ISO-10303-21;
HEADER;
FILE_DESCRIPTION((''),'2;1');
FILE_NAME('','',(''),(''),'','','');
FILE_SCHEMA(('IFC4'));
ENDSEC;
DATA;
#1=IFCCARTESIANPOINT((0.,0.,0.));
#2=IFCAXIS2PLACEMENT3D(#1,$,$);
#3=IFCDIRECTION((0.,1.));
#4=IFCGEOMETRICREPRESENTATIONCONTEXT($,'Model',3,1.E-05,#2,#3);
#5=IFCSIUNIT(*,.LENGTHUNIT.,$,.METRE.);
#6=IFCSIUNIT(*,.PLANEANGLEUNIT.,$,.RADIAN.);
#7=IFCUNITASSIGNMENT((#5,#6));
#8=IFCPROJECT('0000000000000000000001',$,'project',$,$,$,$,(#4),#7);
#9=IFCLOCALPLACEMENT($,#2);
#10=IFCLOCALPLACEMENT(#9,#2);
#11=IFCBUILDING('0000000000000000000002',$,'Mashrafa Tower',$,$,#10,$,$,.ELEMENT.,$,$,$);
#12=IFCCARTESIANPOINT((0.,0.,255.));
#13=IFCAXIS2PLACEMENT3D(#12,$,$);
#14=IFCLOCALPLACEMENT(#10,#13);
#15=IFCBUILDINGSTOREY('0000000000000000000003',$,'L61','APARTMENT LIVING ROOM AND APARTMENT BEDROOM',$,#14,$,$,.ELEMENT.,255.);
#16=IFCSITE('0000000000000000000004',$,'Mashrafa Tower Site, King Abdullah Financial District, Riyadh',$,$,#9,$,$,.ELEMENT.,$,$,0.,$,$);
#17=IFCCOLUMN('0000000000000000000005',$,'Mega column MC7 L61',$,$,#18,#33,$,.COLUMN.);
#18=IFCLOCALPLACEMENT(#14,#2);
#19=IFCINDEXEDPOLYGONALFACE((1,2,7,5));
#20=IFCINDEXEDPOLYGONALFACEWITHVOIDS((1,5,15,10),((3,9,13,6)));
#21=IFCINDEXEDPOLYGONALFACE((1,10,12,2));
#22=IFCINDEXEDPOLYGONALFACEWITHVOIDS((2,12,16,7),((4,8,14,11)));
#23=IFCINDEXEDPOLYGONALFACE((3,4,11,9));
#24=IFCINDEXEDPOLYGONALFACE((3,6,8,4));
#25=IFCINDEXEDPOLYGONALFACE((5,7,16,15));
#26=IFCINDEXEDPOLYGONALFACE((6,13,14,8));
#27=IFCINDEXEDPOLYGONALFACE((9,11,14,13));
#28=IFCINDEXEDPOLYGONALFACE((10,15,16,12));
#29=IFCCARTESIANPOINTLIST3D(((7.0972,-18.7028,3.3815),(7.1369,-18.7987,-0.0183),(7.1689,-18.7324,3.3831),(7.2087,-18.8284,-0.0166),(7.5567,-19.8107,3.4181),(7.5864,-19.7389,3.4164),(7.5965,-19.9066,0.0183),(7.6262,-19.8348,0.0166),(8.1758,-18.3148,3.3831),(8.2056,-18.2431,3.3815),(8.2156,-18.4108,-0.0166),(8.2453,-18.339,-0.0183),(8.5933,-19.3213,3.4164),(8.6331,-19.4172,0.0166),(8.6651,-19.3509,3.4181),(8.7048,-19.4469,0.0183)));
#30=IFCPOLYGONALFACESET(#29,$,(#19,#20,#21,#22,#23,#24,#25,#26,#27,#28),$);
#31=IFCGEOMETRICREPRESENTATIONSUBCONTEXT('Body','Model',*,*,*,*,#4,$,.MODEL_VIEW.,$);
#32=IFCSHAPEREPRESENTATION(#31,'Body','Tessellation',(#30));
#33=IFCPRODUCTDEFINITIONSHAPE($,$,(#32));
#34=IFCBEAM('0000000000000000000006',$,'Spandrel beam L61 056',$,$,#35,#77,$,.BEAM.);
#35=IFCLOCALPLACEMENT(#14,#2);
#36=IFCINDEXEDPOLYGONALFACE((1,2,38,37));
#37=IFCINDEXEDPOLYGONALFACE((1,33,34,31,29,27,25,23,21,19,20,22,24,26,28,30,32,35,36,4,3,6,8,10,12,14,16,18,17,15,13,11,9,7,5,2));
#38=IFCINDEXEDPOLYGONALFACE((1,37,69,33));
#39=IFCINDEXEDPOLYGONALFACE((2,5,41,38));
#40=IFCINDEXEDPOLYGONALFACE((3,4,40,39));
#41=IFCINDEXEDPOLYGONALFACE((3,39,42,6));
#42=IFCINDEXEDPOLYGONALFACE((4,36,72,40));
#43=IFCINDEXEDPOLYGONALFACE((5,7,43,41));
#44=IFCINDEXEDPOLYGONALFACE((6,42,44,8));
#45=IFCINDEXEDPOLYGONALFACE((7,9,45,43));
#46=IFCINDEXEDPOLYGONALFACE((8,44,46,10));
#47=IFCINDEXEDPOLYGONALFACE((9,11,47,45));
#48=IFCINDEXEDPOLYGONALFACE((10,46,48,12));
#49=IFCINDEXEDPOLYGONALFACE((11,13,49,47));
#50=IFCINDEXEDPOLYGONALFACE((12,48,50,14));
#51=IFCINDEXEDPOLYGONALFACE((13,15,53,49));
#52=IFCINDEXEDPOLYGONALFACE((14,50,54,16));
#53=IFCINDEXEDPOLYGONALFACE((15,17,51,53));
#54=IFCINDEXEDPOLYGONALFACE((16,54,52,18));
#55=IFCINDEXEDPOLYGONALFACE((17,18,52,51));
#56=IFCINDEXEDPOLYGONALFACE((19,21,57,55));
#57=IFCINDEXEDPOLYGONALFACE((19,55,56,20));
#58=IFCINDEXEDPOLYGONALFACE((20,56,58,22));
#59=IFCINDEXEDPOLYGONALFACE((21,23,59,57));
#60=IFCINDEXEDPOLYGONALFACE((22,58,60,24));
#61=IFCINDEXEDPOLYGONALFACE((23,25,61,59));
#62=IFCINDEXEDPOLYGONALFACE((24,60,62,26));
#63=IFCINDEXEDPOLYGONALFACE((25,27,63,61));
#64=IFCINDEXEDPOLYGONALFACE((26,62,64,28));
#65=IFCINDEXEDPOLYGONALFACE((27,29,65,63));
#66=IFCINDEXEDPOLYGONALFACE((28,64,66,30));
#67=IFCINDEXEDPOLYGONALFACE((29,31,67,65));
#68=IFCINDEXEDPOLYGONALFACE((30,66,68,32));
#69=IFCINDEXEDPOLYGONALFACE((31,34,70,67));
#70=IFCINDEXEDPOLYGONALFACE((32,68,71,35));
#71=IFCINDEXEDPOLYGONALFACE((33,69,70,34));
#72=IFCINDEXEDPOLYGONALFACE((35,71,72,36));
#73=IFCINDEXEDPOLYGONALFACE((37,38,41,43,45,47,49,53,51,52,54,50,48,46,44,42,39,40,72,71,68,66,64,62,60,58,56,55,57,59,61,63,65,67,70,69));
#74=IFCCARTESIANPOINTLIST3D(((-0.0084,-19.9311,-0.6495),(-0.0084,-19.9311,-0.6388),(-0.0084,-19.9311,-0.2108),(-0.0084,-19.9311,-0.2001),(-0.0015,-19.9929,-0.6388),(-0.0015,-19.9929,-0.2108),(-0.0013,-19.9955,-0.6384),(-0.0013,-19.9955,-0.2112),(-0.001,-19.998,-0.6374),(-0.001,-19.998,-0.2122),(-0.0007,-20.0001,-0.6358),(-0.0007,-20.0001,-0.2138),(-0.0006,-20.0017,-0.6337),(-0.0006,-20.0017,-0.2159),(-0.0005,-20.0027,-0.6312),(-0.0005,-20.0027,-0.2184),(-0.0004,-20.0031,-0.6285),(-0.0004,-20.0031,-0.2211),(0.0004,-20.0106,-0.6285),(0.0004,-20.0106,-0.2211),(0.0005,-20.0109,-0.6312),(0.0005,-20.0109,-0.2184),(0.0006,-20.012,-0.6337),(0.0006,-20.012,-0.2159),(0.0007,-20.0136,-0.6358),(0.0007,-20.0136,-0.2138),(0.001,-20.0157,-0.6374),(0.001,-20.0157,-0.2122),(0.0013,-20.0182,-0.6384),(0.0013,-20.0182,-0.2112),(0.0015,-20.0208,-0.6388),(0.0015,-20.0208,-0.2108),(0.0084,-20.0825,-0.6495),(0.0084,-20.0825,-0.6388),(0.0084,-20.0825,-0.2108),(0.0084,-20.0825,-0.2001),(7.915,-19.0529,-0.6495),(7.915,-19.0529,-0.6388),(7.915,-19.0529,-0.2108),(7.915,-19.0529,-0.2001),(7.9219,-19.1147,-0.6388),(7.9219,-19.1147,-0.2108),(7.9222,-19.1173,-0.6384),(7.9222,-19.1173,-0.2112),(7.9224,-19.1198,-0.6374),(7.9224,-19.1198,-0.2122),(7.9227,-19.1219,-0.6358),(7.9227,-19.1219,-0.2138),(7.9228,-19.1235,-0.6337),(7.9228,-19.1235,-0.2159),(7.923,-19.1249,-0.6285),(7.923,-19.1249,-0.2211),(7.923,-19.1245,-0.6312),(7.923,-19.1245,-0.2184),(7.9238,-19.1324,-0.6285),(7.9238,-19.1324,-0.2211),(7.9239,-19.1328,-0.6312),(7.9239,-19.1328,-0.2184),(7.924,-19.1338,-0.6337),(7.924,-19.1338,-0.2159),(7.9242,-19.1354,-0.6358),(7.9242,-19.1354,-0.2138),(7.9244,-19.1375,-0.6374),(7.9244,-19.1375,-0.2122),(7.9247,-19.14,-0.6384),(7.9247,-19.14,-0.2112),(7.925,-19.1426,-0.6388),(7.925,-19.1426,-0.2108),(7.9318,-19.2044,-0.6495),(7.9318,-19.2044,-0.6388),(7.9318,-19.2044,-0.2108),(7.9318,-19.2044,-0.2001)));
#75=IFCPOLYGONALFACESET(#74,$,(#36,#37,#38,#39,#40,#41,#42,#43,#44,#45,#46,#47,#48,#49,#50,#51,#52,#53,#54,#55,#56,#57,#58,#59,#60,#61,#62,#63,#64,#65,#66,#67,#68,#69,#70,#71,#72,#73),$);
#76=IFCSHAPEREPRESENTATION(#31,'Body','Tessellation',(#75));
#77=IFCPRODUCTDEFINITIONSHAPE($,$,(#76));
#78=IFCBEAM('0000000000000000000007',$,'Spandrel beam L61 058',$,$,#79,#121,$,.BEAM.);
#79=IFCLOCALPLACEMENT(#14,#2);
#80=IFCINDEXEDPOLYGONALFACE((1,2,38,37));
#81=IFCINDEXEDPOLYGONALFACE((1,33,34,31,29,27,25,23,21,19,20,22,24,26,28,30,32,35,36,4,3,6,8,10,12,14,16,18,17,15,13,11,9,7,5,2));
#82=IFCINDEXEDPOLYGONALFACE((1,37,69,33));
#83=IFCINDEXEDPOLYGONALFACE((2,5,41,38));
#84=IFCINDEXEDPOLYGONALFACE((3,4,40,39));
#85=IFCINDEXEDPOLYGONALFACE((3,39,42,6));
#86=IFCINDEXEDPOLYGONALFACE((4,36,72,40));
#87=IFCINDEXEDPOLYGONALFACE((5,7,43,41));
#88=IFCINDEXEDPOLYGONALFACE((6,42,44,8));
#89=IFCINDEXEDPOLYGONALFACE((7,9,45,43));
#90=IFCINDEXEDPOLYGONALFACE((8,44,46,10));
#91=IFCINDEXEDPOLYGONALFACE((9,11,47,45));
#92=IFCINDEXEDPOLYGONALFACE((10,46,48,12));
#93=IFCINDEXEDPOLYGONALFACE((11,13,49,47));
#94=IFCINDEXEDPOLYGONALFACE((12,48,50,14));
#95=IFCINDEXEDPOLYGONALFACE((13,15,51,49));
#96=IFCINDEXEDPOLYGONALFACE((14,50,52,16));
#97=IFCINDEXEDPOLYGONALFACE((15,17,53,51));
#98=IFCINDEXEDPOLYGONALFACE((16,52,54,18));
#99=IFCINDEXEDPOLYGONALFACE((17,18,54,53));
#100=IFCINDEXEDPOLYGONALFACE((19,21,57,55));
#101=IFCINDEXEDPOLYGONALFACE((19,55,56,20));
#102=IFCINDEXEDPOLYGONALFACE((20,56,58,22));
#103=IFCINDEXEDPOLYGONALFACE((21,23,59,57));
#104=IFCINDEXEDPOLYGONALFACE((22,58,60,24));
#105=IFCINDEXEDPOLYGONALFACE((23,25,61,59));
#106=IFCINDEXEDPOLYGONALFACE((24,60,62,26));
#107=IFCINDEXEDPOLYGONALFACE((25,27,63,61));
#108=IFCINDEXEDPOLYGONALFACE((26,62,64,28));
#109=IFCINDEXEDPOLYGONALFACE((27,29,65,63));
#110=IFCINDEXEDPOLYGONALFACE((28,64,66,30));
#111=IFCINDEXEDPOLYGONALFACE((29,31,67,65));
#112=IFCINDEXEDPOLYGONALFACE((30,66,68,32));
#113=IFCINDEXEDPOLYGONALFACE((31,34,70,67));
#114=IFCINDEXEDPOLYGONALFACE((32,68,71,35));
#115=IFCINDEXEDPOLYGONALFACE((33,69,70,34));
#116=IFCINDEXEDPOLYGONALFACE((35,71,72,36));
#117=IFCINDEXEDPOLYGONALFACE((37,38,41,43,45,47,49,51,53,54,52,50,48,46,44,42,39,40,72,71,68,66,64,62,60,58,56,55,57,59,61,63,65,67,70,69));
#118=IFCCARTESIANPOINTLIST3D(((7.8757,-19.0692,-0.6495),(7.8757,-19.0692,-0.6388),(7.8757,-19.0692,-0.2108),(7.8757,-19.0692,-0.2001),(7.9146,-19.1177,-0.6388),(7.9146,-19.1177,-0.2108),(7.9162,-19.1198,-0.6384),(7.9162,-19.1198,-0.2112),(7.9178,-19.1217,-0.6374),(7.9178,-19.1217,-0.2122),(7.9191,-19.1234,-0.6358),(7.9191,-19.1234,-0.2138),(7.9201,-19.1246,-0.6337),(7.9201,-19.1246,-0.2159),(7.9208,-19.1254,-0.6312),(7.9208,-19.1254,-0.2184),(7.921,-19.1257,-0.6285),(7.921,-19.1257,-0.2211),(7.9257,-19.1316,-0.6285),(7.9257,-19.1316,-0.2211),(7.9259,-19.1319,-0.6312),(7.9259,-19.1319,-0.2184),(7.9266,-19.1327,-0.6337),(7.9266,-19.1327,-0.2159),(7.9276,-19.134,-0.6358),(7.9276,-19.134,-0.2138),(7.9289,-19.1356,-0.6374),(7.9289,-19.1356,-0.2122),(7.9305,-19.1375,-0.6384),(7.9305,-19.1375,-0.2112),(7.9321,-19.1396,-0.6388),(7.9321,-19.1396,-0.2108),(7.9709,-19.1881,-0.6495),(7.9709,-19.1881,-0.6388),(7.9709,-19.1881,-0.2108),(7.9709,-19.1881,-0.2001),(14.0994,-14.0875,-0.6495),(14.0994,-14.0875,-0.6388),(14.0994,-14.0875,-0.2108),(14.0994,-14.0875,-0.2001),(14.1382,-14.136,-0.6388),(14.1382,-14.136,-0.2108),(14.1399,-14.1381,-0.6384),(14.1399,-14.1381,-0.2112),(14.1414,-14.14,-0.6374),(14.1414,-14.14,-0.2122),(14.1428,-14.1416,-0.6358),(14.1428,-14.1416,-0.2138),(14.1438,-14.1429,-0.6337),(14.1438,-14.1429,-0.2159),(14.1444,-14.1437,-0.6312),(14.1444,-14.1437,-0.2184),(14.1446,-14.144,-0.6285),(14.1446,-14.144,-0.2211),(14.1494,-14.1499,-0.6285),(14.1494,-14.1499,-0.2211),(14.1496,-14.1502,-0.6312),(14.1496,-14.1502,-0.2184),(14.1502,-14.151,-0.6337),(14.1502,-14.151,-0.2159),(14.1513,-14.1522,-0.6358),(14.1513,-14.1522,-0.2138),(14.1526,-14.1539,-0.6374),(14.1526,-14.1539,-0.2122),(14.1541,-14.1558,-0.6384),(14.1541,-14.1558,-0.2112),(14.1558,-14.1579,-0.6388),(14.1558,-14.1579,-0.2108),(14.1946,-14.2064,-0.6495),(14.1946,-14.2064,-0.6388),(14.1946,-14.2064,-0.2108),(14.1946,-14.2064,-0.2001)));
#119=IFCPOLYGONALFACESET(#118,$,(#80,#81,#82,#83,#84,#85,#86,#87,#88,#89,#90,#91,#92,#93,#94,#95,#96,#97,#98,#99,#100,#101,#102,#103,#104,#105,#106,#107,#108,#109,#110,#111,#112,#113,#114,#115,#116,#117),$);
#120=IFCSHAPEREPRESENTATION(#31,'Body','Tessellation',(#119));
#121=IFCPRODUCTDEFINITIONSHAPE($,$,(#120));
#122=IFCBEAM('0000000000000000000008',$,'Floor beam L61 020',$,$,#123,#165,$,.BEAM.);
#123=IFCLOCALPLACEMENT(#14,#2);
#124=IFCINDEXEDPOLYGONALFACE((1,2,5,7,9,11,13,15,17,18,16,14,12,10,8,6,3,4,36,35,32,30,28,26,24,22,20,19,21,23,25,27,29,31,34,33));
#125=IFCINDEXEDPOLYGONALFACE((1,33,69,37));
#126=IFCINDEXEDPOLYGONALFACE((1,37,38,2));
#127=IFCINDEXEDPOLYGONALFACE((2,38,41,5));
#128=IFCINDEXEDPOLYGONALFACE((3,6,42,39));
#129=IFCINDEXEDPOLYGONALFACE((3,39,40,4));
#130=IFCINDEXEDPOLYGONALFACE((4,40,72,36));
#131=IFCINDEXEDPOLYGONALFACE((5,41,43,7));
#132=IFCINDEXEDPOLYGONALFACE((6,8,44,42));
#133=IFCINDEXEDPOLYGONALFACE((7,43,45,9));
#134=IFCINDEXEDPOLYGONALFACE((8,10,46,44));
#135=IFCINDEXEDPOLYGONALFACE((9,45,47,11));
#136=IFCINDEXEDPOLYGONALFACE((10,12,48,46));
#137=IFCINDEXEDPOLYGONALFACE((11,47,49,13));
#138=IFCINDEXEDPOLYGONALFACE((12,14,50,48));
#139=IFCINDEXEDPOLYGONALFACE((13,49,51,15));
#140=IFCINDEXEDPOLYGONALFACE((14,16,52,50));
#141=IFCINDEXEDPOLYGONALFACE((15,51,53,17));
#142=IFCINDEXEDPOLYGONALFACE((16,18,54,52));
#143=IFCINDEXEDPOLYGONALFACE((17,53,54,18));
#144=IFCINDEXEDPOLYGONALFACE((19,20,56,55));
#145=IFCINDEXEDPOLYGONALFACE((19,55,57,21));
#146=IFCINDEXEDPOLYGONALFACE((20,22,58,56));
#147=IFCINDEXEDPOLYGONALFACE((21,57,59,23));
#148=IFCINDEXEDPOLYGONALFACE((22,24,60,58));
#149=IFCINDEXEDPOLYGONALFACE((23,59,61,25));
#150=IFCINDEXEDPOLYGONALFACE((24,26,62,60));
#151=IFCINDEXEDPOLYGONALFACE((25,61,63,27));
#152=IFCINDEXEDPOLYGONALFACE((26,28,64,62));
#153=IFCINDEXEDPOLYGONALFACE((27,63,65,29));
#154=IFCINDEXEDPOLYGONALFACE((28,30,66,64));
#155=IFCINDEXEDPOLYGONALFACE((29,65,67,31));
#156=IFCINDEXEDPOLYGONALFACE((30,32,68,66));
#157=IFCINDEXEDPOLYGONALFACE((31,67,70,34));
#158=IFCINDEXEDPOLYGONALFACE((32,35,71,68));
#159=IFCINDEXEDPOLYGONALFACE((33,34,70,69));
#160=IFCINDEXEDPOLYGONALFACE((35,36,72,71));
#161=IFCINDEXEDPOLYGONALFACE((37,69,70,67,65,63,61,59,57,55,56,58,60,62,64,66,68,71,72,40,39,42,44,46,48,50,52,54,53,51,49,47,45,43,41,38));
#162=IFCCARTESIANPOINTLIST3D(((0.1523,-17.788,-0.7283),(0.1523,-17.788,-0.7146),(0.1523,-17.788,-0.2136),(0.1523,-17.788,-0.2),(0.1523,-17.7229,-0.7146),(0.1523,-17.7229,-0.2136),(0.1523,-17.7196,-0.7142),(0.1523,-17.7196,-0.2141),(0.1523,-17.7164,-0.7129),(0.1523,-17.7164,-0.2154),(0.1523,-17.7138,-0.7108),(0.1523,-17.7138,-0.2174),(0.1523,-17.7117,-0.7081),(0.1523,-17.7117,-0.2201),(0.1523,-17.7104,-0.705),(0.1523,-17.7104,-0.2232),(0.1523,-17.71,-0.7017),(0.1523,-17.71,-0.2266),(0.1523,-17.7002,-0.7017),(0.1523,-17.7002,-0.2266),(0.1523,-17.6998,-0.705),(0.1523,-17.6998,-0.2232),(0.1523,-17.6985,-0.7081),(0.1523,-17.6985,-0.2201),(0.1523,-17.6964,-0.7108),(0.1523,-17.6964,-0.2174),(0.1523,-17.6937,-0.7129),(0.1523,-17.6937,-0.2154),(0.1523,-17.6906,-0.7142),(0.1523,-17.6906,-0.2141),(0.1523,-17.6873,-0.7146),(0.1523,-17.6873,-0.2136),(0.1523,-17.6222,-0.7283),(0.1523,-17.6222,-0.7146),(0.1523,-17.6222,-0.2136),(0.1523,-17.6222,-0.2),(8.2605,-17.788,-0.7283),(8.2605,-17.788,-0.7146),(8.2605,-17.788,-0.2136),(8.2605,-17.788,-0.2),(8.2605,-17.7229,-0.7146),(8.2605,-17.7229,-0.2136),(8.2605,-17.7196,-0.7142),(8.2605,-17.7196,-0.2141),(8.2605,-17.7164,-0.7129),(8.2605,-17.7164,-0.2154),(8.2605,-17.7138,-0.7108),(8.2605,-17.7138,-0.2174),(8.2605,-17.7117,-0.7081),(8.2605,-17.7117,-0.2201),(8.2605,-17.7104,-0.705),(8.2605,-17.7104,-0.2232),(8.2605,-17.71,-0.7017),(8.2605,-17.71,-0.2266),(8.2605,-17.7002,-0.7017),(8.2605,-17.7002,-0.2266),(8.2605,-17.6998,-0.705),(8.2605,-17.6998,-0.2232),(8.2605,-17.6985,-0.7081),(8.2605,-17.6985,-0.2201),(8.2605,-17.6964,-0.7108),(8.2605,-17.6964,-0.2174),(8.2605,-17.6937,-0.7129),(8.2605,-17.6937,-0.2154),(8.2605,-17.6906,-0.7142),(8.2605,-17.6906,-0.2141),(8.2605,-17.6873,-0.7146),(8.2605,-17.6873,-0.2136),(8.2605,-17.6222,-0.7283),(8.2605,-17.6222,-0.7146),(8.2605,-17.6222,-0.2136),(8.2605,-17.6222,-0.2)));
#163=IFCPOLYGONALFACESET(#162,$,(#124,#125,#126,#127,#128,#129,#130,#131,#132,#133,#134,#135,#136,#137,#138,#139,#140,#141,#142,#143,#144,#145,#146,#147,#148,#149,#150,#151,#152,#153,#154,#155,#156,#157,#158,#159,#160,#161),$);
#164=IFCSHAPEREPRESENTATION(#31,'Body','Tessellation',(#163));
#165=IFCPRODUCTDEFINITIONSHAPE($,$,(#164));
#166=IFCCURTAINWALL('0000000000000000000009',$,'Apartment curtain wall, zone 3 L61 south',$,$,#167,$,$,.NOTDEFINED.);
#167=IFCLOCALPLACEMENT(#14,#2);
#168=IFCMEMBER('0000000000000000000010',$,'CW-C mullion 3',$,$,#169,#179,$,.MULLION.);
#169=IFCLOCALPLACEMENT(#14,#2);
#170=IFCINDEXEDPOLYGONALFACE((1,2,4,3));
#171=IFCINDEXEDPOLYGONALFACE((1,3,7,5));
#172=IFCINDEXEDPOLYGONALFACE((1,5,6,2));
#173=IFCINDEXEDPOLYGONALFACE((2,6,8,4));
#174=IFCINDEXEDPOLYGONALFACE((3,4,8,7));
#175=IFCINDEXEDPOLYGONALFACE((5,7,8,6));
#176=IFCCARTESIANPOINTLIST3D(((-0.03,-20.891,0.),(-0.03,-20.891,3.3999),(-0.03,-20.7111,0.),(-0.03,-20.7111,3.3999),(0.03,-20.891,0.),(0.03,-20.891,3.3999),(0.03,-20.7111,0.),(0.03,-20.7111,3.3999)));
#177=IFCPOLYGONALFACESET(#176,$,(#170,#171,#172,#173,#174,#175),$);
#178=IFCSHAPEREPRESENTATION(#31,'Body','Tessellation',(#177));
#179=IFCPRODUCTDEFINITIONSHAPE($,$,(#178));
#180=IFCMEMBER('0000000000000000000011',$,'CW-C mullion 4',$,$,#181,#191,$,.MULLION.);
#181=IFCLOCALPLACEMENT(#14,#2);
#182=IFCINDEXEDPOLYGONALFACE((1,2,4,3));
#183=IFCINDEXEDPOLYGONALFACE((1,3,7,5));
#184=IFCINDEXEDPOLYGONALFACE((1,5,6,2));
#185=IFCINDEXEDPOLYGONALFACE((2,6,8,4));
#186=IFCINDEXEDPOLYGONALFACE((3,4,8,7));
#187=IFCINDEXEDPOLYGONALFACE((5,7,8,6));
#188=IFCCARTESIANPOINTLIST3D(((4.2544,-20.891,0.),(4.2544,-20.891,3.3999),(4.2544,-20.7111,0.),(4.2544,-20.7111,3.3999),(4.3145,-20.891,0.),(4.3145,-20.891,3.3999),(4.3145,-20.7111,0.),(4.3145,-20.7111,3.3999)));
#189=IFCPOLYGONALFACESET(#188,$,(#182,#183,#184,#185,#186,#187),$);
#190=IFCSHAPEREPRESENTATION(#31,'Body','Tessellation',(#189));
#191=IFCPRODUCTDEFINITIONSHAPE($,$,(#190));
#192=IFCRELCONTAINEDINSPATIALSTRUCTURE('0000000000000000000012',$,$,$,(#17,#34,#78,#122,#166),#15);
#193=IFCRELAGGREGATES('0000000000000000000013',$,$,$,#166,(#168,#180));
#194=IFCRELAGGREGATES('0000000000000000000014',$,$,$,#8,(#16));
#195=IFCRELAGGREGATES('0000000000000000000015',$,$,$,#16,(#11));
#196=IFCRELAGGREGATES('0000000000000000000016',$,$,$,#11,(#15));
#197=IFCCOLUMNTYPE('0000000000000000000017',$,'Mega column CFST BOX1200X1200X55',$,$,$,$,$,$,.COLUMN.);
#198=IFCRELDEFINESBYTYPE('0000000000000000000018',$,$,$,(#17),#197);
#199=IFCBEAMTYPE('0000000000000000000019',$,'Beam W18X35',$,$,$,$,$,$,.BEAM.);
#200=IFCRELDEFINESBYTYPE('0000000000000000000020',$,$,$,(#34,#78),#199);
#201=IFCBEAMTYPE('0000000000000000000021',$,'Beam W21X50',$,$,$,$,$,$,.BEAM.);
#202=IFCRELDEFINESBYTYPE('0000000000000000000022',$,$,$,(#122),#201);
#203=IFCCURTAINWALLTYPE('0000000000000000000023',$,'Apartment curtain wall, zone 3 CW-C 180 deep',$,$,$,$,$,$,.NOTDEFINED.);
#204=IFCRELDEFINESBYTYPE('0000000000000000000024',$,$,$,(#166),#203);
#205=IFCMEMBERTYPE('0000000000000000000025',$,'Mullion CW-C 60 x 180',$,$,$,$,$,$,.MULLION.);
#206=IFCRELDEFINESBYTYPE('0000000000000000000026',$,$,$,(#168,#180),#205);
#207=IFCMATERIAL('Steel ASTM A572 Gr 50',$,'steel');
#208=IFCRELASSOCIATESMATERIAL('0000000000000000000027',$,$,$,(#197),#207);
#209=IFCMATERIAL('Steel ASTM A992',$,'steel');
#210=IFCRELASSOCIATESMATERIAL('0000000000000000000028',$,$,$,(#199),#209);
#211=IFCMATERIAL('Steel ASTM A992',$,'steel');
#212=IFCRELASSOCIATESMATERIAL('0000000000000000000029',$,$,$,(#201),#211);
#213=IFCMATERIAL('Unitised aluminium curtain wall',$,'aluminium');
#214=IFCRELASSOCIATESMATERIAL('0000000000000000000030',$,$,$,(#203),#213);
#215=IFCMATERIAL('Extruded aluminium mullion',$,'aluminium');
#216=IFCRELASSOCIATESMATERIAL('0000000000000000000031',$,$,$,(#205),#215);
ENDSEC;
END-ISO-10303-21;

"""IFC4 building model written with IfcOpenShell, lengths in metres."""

from ifc_helpers import new_model, si_unit, direction, frame, origin, origin_2d, place, context, subcontext, project, spatial, rectangle, hollow_rectangle, i_section, extrude, source, transform, mapped, material, material_profile, profile_set, type_object, type_shapes, element, aggregate, save


model = new_model("IFC4")

# Units and contexts
model_context = context("Model", 3, precision=1e-05, world=origin(), true_north=direction((0.0, 1.0)))
body_context = subcontext(model_context, "Body", "Model", "MODEL_VIEW")
ifc_project = project(units=[si_unit("LENGTHUNIT", "METRE"), si_unit("PLANEANGLEUNIT", "RADIAN")], contexts=[model_context])

# Site, building, storey
site_placement = place(None, origin())
site = spatial("IfcSite", under=ifc_project, at=site_placement, Name="Mashrafa Tower Site, King Abdullah Financial District, Riyadh", CompositionType="ELEMENT", RefElevation=0.0)
building_placement = place(site_placement, origin())
building = spatial("IfcBuilding", under=site, at=building_placement, Name="Mashrafa Tower", CompositionType="ELEMENT")
storey_placement = place(building_placement, frame((0.0, 0.0, 255.0)))
storey = spatial("IfcBuildingStorey", under=building, at=storey_placement, Name="L61", Description="APARTMENT LIVING ROOM AND APARTMENT BEDROOM", CompositionType="ELEMENT", Elevation=255.0)

# Column
ifc_material_1 = material(Name="Steel ASTM A572 Gr 50", Category="steel")
ifc_material_profile_1 = material_profile(ifc_material_1, hollow_rectangle(XDim=1.2, YDim=1.2, WallThickness=0.0549, at=origin_2d()), Name="BOX1200X1200X55")
ifc_profile_set_1 = profile_set([ifc_material_profile_1], Name="Steel ASTM A572 Gr 50")
column_type = type_object("IfcColumnType", Name="Mega column CFST BOX1200X1200X55", PredefinedType="COLUMN", material=ifc_profile_set_1)
column_placement = place(storey_placement, frame((7.9209, -19.1228, 0.0), z_axis=(-0.011699, 0.028207, 0.999534), x_axis=(-0.923702, -0.383113, 0.0)))
element("IfcColumn", 1, at=column_placement, inside=storey, type_object=column_type, Name="Mega column MC7 L61", PredefinedType="COLUMN", context=body_context, shape_type="SweptSolid", body=[
    extrude(hollow_rectangle(XDim=1.2, YDim=1.2, WallThickness=0.0549, at=origin_2d()), origin(), (0.0, 0.0, 1.0), 3.4014),
])

# Beams
ifc_material_2 = material(Name="Steel ASTM A992", Category="steel")
ifc_material_profile_2 = material_profile(ifc_material_2, i_section(OverallWidth=0.1523, OverallDepth=0.4495, WebThickness=0.0076, FlangeThickness=0.0107, FilletRadius=0.0103, at=origin_2d()), Name="W18X35")
ifc_profile_set_2 = profile_set([ifc_material_profile_2], Name="Steel ASTM A992")
beam_type_1 = type_object("IfcBeamType", Name="Beam W18X35", PredefinedType="BEAM", material=ifc_profile_set_2)
for number, where, z_axis, x_axis, name in (
    (2, (0.0, -20.0068, -0.4248), (0.993914, 0.110159, 0.0), (-0.110159, 0.993914, 0.0), "Spandrel beam L61 056"),
    (3, (7.9233, -19.1287, -0.4248), (0.780698, 0.624908, 0.0), (-0.624908, 0.780698, 0.0), "Spandrel beam L61 058"),
):
    element("IfcBeam", number, at=place(storey_placement, frame(where, z_axis=z_axis, x_axis=x_axis)), inside=storey, type_object=beam_type_1, Name=name, PredefinedType="BEAM", context=body_context, shape_type="SweptSolid", body=[
        extrude(i_section(OverallWidth=0.1523, OverallDepth=0.4495, WebThickness=0.0076, FlangeThickness=0.0107, FilletRadius=0.0103, at=origin_2d()), origin(), (0.0, 0.0, 1.0), 7.9719),
    ])
ifc_material_3 = material(Name="Steel ASTM A992", Category="steel")
ifc_material_profile_3 = material_profile(ifc_material_3, i_section(OverallWidth=0.1658, OverallDepth=0.5283, WebThickness=0.0098, FlangeThickness=0.0137, FilletRadius=0.0129, at=origin_2d()), Name="W21X50")
ifc_profile_set_3 = profile_set([ifc_material_profile_3], Name="Steel ASTM A992")
beam_type_2 = type_object("IfcBeamType", Name="Beam W21X50", PredefinedType="BEAM", material=ifc_profile_set_3)
beam_placement = place(storey_placement, frame((8.2605, -17.7051, -0.4641), z_axis=(-1.0, 0.0, 0.0), x_axis=(0.0, -1.0, 0.0)))
element("IfcBeam", 4, at=beam_placement, inside=storey, type_object=beam_type_2, Name="Floor beam L61 020", PredefinedType="BEAM", context=body_context, shape_type="SweptSolid", body=[
    extrude(i_section(OverallWidth=0.1658, OverallDepth=0.5283, WebThickness=0.0098, FlangeThickness=0.0137, FilletRadius=0.0129, at=origin_2d()), origin(), (0.0, 0.0, 1.0), 8.1082),
])

# Curtain wall, members
ifc_material_4 = material(Name="Unitised aluminium curtain wall", Category="aluminium")
curtain_wall_type = type_object("IfcCurtainWallType", Name="Apartment curtain wall, zone 3 CW-C 180 deep", PredefinedType="NOTDEFINED", material=ifc_material_4)
curtain_wall_1_placement = place(storey_placement, origin())
curtain_wall_1 = element("IfcCurtainWall", 5, at=curtain_wall_1_placement, inside=storey, type_object=curtain_wall_type, Name="Apartment curtain wall, zone 3 L61 south", PredefinedType="NOTDEFINED")
ifc_material_5 = material(Name="Extruded aluminium mullion", Category="aluminium")
ifc_material_profile_4 = material_profile(ifc_material_5, rectangle(XDim=0.1799, YDim=0.0601, at=origin_2d()), Name="Mullion 60x180")
ifc_profile_set_4 = profile_set([ifc_material_profile_4], Name="Extruded aluminium mullion")
member_type_1 = type_object("IfcMemberType", Name="Mullion CW-C 60 x 180", PredefinedType="MULLION", material=ifc_profile_set_4)
shared_shape_1 = source(origin(), body_context, "Body", "SweptSolid", [
    extrude(rectangle(XDim=0.1799, YDim=0.0601, at=origin_2d()), origin(), (0.0, 0.0, 1.0), 3.3999),
])
type_shapes(member_type_1, [shared_shape_1])
member_1_placement = place(storey_placement, frame((0.0, -20.801, 0.0), z_axis=(0.0, 0.0, 1.0), x_axis=(0.0, 1.0, 0.0)))
member_1 = element("IfcMember", 6, at=member_1_placement, type_object=member_type_1, Name="CW-C mullion 3", PredefinedType="MULLION", context=body_context, shape_type="MappedRepresentation", body=[
    mapped(shared_shape_1, transform((0.0, 0.0, 0.0))),
])
member_2_placement = place(storey_placement, frame((4.2844, -20.801, 0.0), z_axis=(0.0, 0.0, 1.0), x_axis=(0.0, 1.0, 0.0)))
member_2 = element("IfcMember", 7, at=member_2_placement, type_object=member_type_1, Name="CW-C mullion 4", PredefinedType="MULLION", context=body_context, shape_type="MappedRepresentation", body=[
    mapped(shared_shape_1, transform((0.0, 0.0, 0.0))),
])

aggregate(curtain_wall_1, [member_1, member_2])

save(model, "model.ifc")
